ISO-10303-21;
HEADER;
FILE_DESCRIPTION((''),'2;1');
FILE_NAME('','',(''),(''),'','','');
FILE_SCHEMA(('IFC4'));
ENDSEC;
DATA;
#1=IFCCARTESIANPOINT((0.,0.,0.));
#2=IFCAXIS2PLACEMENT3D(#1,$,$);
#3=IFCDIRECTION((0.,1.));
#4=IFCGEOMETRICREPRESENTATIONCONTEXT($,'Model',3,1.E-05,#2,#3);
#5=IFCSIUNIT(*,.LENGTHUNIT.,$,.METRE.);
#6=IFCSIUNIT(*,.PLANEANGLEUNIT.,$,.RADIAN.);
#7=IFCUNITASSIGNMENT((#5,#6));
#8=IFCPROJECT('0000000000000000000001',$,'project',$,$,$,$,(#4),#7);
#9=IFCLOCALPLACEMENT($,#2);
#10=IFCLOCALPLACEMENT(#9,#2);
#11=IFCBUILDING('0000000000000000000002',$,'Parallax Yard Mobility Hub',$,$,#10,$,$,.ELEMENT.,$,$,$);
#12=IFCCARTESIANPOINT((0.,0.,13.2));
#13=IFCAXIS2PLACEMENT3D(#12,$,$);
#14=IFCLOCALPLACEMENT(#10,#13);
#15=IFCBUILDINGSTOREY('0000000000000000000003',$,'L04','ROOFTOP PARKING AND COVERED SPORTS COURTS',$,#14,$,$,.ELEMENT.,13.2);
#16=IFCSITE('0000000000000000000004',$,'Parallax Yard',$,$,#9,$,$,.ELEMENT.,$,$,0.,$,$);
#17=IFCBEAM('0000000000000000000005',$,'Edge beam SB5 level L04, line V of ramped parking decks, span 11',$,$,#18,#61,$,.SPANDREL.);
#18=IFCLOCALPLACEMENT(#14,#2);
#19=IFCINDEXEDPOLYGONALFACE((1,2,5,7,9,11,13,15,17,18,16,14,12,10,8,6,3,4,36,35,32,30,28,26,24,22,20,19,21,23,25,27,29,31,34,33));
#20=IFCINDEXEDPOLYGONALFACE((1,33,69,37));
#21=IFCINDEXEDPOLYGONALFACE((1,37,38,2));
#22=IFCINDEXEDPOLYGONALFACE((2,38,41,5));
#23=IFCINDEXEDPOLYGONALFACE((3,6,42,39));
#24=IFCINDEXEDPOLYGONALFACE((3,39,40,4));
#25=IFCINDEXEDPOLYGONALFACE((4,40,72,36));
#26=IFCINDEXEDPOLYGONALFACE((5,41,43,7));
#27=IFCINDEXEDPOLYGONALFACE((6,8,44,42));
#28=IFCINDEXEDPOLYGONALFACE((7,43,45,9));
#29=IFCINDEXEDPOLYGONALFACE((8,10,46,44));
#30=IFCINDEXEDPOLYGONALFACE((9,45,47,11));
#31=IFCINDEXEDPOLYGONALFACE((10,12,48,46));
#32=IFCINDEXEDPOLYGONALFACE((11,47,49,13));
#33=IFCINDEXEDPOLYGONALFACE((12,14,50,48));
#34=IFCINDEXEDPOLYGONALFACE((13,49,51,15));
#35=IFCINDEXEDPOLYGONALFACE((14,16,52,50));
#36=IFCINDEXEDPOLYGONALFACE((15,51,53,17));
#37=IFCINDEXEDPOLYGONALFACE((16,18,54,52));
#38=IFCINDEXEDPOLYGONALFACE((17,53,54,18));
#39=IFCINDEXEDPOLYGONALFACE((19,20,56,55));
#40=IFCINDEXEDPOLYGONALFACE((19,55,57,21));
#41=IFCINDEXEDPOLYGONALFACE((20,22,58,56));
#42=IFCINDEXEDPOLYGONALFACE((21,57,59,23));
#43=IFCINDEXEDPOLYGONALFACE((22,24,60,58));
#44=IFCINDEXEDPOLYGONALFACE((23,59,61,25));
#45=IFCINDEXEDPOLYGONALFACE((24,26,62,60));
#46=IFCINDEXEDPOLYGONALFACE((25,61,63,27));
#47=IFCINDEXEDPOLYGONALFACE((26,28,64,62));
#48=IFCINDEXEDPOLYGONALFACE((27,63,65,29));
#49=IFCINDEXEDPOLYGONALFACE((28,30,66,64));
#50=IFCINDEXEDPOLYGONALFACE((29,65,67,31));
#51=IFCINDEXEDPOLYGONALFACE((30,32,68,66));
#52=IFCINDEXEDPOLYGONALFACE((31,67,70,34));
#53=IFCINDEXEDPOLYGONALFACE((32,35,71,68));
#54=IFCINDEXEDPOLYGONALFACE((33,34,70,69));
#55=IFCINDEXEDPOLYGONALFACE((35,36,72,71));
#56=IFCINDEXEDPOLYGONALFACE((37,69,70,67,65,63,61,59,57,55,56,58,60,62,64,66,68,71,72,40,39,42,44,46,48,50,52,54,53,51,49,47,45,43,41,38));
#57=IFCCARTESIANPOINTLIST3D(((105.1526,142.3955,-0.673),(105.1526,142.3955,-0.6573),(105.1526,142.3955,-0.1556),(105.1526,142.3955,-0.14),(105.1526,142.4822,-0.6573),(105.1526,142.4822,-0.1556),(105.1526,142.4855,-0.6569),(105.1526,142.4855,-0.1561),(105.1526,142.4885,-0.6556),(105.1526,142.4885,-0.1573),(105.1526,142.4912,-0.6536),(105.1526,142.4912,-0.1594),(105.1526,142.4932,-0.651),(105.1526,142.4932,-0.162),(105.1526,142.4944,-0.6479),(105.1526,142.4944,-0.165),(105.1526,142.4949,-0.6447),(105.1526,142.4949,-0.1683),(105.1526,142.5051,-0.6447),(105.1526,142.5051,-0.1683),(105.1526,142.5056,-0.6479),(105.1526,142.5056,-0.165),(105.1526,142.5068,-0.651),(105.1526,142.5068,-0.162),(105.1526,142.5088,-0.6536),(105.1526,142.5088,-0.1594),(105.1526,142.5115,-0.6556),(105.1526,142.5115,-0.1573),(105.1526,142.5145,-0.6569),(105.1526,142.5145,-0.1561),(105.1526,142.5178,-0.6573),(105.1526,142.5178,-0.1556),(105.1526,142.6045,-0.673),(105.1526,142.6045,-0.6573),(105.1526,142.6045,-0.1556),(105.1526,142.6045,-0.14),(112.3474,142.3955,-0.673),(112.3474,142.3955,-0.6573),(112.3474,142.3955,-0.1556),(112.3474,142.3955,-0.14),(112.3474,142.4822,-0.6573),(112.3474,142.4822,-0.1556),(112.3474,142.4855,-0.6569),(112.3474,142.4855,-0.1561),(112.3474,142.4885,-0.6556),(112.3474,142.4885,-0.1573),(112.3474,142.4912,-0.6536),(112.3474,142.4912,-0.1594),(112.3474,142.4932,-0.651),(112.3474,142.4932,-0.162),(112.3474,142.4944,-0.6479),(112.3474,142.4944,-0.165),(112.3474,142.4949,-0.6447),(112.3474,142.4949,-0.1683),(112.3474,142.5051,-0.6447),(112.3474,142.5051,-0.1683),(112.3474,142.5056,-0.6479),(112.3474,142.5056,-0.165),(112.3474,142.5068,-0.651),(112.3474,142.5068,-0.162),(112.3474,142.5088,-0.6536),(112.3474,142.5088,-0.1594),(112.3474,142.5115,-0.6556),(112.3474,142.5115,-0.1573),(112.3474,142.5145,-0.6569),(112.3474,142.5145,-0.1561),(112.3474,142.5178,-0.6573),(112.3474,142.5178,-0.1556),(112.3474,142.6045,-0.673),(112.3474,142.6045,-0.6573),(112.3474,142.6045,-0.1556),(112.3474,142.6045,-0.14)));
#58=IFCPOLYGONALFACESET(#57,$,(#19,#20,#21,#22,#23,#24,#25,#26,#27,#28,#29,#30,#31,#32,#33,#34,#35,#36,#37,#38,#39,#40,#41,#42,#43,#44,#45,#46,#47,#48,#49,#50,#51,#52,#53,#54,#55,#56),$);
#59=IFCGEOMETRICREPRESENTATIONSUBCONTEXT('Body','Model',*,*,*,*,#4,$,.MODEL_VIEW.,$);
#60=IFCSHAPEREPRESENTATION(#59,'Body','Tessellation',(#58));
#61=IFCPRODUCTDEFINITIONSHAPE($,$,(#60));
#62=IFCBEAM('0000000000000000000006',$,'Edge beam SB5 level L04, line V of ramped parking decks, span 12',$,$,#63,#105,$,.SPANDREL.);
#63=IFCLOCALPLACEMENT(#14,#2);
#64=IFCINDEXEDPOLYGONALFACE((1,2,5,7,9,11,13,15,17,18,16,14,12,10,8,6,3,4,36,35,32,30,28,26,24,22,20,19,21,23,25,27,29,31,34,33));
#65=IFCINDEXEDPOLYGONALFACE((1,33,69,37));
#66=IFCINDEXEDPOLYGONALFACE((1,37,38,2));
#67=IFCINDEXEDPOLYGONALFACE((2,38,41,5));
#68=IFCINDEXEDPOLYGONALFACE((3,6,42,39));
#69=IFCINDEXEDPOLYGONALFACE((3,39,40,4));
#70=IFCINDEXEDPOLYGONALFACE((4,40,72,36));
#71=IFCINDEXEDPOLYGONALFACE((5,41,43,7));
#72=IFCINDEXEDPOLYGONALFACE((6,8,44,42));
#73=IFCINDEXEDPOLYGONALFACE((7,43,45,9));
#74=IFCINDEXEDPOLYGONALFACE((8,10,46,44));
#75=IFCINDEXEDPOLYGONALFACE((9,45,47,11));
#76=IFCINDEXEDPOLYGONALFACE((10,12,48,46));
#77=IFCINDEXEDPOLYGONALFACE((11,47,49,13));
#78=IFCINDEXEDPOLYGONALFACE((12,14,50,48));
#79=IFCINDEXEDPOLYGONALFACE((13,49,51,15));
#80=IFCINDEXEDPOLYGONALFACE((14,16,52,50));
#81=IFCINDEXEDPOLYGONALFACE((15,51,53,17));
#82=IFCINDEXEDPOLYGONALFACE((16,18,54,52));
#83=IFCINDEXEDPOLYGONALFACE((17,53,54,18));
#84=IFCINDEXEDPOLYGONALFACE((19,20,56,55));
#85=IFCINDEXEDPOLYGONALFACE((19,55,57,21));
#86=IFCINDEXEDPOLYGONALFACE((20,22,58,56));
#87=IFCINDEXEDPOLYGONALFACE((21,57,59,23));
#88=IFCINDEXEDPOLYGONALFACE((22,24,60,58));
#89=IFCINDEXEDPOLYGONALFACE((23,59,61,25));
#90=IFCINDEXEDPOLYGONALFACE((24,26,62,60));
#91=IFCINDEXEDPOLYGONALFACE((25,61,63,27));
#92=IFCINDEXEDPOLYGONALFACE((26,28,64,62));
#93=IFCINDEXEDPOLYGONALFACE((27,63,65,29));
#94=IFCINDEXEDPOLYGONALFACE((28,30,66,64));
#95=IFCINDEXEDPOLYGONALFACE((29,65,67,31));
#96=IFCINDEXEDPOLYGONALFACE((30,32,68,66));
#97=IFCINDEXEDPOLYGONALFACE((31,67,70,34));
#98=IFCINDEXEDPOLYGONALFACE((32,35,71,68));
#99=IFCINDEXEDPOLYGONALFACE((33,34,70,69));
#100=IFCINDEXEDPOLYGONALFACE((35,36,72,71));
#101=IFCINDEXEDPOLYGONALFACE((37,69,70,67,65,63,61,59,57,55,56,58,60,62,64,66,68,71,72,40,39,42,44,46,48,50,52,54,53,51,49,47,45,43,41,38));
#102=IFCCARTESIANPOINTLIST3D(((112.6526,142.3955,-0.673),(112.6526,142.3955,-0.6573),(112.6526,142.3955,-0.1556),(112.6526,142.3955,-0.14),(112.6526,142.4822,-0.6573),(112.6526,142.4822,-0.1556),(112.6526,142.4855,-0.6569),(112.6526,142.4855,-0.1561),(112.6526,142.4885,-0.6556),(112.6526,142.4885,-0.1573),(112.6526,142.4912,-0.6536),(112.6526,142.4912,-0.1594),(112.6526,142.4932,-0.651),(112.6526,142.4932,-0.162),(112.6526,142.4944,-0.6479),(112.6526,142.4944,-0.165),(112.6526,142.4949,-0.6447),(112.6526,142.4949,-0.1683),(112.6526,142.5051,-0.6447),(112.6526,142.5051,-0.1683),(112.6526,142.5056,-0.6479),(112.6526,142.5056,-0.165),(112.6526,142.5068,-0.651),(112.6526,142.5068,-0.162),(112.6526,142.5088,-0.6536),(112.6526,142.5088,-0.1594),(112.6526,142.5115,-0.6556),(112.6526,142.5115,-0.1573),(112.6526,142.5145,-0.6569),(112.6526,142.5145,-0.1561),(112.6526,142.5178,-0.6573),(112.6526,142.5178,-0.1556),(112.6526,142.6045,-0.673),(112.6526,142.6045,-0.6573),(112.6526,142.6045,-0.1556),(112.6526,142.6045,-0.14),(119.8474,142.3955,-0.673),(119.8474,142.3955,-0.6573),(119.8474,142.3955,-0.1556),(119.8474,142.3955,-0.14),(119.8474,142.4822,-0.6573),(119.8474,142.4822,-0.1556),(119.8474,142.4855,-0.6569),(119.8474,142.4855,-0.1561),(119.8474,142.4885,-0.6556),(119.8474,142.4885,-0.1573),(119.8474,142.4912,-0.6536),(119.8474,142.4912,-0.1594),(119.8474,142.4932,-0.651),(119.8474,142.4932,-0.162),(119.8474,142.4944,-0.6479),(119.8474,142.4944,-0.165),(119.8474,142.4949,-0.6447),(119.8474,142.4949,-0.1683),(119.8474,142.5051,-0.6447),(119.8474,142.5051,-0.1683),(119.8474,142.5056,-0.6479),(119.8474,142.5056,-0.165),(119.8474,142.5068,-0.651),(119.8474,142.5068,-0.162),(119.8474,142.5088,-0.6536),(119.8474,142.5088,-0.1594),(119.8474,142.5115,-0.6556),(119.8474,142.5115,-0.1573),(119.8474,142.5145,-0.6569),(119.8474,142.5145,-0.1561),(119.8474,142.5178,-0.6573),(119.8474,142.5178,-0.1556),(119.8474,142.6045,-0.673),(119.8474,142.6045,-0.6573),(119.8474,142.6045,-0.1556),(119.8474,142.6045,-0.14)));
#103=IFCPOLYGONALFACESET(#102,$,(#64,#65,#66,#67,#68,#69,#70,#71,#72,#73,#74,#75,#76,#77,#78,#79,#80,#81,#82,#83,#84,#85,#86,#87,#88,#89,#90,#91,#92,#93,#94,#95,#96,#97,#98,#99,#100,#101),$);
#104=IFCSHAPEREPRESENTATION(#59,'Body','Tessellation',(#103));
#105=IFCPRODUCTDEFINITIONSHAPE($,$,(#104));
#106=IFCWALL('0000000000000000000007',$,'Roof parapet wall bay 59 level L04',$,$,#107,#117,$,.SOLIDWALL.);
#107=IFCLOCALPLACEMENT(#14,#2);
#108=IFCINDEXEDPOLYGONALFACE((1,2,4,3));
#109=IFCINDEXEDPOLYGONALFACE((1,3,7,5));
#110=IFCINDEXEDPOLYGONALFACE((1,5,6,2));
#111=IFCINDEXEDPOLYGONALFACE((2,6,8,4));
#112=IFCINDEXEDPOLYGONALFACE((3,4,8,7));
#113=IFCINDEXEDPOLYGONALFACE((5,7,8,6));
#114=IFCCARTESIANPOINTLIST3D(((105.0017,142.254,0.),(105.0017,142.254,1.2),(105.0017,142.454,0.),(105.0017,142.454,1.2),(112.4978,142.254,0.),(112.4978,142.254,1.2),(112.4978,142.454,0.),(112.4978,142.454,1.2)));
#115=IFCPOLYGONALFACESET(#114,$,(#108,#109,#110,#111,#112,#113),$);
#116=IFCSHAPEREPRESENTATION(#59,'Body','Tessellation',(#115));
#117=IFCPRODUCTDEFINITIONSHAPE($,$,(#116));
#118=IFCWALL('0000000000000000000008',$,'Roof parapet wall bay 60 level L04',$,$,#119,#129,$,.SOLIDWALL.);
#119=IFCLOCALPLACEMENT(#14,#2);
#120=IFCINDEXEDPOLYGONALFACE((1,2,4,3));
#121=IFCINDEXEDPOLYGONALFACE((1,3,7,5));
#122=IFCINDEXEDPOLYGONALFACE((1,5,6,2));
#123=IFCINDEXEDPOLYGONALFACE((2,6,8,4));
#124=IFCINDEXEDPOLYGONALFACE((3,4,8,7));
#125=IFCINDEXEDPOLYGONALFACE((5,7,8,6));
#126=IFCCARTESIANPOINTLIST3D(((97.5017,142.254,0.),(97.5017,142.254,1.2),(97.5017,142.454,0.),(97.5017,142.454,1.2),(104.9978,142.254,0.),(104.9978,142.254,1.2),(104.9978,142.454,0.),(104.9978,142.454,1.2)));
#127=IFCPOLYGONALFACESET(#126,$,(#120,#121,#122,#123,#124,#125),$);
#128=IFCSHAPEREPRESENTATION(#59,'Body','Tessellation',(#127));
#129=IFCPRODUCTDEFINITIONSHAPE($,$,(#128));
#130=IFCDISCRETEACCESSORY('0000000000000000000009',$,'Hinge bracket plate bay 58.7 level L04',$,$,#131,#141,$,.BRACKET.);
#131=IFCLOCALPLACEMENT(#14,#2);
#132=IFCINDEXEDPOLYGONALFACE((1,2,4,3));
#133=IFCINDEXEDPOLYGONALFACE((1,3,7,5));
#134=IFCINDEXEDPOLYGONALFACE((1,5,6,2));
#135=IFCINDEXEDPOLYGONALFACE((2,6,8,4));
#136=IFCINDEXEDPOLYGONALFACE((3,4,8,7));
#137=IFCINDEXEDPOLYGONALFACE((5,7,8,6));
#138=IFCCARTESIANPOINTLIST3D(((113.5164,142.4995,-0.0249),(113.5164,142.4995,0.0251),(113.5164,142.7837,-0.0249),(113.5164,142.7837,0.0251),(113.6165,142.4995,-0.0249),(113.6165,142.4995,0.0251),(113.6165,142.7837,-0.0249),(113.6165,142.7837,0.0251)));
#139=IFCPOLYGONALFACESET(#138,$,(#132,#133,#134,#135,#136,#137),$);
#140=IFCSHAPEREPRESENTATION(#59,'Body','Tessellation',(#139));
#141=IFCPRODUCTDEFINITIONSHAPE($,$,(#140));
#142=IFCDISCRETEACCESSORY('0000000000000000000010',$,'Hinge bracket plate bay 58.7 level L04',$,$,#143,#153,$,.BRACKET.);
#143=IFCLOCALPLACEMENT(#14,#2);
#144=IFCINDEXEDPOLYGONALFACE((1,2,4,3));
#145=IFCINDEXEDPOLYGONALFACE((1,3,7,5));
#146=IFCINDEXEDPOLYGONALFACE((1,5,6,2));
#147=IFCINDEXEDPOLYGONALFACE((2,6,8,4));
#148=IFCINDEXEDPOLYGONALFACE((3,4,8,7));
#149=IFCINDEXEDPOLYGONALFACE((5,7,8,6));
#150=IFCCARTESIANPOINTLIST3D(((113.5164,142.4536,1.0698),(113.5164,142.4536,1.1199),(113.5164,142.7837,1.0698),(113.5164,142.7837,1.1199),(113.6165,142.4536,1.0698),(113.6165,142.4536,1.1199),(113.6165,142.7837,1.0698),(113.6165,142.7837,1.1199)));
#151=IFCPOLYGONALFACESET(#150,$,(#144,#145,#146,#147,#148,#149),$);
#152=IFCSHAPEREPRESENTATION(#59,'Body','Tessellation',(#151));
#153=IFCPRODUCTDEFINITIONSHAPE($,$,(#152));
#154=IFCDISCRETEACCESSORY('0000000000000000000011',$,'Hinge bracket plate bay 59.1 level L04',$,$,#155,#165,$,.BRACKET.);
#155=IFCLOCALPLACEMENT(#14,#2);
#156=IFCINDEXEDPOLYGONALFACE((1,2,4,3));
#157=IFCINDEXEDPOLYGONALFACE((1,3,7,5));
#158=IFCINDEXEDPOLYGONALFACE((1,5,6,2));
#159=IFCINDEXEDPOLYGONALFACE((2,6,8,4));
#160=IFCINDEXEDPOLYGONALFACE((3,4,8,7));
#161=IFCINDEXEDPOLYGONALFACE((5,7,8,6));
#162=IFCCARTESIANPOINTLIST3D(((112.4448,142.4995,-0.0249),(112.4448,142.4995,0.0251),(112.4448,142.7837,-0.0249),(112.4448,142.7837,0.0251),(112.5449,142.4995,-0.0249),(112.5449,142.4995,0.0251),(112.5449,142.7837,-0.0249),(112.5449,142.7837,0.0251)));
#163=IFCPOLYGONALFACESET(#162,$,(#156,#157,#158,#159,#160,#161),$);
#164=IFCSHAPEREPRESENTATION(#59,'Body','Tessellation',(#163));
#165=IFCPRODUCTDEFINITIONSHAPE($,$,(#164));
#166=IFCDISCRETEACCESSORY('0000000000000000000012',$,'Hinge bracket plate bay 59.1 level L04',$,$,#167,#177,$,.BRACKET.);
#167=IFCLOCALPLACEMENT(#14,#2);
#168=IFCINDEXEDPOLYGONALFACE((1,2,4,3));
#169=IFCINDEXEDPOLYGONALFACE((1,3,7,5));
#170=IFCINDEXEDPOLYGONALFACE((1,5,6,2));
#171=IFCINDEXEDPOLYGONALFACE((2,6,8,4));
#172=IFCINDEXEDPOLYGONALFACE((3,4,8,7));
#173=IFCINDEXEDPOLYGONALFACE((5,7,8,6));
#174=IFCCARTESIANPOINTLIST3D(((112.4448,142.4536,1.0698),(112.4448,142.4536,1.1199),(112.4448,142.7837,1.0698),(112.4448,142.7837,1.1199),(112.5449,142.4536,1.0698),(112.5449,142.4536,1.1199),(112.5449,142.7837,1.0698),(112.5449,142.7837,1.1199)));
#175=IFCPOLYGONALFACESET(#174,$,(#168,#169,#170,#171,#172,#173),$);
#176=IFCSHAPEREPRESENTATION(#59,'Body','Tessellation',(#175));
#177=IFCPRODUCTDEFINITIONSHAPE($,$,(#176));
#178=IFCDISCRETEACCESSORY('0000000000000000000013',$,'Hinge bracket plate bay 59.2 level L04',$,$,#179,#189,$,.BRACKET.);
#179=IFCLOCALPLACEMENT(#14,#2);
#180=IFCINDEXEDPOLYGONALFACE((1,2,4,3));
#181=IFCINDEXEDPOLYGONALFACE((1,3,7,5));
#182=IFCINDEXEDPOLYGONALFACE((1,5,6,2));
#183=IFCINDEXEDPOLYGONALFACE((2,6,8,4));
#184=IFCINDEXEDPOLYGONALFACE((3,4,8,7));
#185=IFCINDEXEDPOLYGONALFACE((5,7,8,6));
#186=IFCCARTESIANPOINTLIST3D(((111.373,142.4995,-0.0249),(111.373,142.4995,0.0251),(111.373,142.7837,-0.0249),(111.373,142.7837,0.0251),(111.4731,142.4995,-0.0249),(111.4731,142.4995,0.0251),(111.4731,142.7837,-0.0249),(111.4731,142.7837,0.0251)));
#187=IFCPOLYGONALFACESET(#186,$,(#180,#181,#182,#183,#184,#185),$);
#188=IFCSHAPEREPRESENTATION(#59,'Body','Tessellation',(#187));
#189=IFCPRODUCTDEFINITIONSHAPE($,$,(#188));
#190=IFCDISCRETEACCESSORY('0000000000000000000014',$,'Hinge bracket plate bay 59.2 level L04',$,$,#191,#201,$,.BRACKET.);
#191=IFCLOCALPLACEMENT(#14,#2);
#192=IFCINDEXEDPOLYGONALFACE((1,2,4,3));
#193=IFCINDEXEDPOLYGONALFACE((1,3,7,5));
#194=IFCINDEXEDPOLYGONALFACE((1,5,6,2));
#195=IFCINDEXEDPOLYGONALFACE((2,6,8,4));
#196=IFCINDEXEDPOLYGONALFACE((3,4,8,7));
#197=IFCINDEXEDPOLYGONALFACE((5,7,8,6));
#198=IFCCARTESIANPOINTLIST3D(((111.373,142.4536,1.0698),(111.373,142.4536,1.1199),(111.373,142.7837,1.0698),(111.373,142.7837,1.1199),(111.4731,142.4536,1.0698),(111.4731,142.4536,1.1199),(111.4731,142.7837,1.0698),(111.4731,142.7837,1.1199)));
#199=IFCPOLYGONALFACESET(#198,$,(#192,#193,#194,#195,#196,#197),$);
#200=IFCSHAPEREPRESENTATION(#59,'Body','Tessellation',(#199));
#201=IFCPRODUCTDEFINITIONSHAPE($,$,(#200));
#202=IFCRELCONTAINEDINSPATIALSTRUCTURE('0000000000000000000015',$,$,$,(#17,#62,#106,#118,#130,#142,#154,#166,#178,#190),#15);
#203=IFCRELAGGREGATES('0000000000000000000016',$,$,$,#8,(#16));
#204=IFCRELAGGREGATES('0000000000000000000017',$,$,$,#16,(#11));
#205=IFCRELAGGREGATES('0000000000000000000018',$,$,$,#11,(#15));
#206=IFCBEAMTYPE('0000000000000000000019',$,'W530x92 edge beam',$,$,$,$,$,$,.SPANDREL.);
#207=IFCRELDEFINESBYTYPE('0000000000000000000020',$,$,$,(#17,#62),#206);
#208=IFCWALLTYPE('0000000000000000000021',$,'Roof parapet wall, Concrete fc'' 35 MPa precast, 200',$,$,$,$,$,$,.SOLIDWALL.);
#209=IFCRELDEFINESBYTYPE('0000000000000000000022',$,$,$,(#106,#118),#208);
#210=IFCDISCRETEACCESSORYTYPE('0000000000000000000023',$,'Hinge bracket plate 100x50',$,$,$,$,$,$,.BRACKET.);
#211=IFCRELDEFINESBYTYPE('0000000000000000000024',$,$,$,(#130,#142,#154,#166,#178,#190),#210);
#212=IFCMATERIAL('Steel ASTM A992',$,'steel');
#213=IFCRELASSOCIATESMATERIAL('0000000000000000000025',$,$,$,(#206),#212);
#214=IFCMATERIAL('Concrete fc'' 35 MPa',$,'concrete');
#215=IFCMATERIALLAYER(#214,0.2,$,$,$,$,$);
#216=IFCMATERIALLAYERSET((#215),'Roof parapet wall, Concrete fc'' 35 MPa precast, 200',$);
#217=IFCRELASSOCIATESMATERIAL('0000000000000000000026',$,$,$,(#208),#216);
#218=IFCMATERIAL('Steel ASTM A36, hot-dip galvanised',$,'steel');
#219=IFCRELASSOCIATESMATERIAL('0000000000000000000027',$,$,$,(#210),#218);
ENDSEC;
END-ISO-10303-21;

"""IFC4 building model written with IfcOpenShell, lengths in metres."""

from ifc_helpers import new_model, si_unit, direction, frame, frame_2d, origin, origin_2d, place, context, subcontext, project, spatial, rectangle, i_section, extrude, material, layer, layer_set, material_profile, profile_set, type_object, element, save


model = new_model("IFC4")

# Units and contexts
model_context = context("Model", 3, precision=1e-05, world=origin(), true_north=direction((0.0, 1.0)))
body_context = subcontext(model_context, "Body", "Model", "MODEL_VIEW")
ifc_project = project(units=[si_unit("LENGTHUNIT", "METRE"), si_unit("PLANEANGLEUNIT", "RADIAN")], contexts=[model_context])

# Site, building, storey
site_placement = place(None, origin())
site = spatial("IfcSite", under=ifc_project, at=site_placement, Name="Parallax Yard", CompositionType="ELEMENT", RefElevation=0.0)
building_placement = place(site_placement, origin())
building = spatial("IfcBuilding", under=site, at=building_placement, Name="Parallax Yard Mobility Hub", CompositionType="ELEMENT")
storey_placement = place(building_placement, frame((0.0, 0.0, 13.2)))
storey = spatial("IfcBuildingStorey", under=building, at=storey_placement, Name="L04", Description="ROOFTOP PARKING AND COVERED SPORTS COURTS", CompositionType="ELEMENT", Elevation=13.2)

# Beams
ifc_material_1 = material(Name="Steel ASTM A992", Category="steel")
ifc_material_profile_1 = material_profile(ifc_material_1, i_section(OverallWidth=0.209, OverallDepth=0.533, WebThickness=0.0103, FlangeThickness=0.0156, FilletRadius=0.0127, at=origin_2d()), Name="W530x92")
ifc_profile_set_1 = profile_set([ifc_material_profile_1], Name="Steel ASTM A992")
beam_type = type_object("IfcBeamType", Name="W530x92 edge beam", PredefinedType="SPANDREL", material=ifc_profile_set_1)
for number, where, z_axis, x_axis, name in (
    (1, (105.1526, 142.5, -0.4065), (1.0, 0.0, 0.0), (0.0, 1.0, 0.0), "Edge beam SB5 level L04, line V of ramped parking decks, span 11"),
    (2, (112.6526, 142.5, -0.4065), (1.0, 0.0, 0.0), (0.0, 1.0, 0.0), "Edge beam SB5 level L04, line V of ramped parking decks, span 12"),
):
    element("IfcBeam", number, at=place(storey_placement, frame(where, z_axis=z_axis, x_axis=x_axis)), inside=storey, type_object=beam_type, Name=name, PredefinedType="SPANDREL", context=body_context, shape_type="SweptSolid", body=[
        extrude(i_section(OverallWidth=0.209, OverallDepth=0.533, WebThickness=0.0103, FlangeThickness=0.0156, FilletRadius=0.0127, at=origin_2d()), origin(), (0.0, 0.0, 1.0), 7.1948),
    ])

# Walls
ifc_material_2 = material(Name="Concrete fc' 35 MPa", Category="concrete")
ifc_layer = layer(ifc_material_2, 0.2)
ifc_layer_set = layer_set([ifc_layer], Name="Roof parapet wall, Concrete fc' 35 MPa precast, 200")
wall_type = type_object("IfcWallType", Name="Roof parapet wall, Concrete fc' 35 MPa precast, 200", PredefinedType="SOLIDWALL", material=ifc_layer_set)
for number, where, z_axis, x_axis, name in (
    (3, (112.4978, 142.354, 0.0), (0.0, 0.0, 1.0), (-1.0, 0.0, 0.0), "Roof parapet wall bay 59 level L04"),
    (4, (104.9978, 142.354, 0.0), (0.0, 0.0, 1.0), (-1.0, 0.0, 0.0), "Roof parapet wall bay 60 level L04"),
):
    element("IfcWall", number, at=place(storey_placement, frame(where, z_axis=z_axis, x_axis=x_axis)), inside=storey, type_object=wall_type, Name=name, PredefinedType="SOLIDWALL", context=body_context, shape_type="SweptSolid", body=[
        extrude(rectangle(XDim=7.4961, YDim=0.2, at=frame_2d((3.748, 0.0))), origin(), (0.0, 0.0, 1.0), 1.2),
    ])

# Discrete accessories
ifc_material_3 = material(Name="Steel ASTM A36, hot-dip galvanised", Category="steel")
discrete_accessory_type_1 = type_object("IfcDiscreteAccessoryType", Name="Hinge bracket plate 100x50", PredefinedType="BRACKET", material=ifc_material_3)
discrete_accessory_1_placement = place(storey_placement, frame((113.5664, 142.6416, -0.0249), z_axis=(0.0, 0.0, 1.0), x_axis=(0.0, 1.0, 0.0)))
element("IfcDiscreteAccessory", 5, at=discrete_accessory_1_placement, inside=storey, type_object=discrete_accessory_type_1, Name="Hinge bracket plate bay 58.7 level L04", PredefinedType="BRACKET", context=body_context, shape_type="SweptSolid", body=[
    extrude(rectangle(XDim=0.2842, YDim=0.1001, at=origin_2d()), origin(), (0.0, 0.0, 1.0), 0.05),
])
discrete_accessory_2_placement = place(storey_placement, frame((113.5664, 142.6187, 1.0698), z_axis=(0.0, 0.0, 1.0), x_axis=(0.0, 1.0, 0.0)))
element("IfcDiscreteAccessory", 6, at=discrete_accessory_2_placement, inside=storey, type_object=discrete_accessory_type_1, Name="Hinge bracket plate bay 58.7 level L04", PredefinedType="BRACKET", context=body_context, shape_type="SweptSolid", body=[
    extrude(rectangle(XDim=0.3301, YDim=0.1001, at=origin_2d()), origin(), (0.0, 0.0, 1.0), 0.05),
])
discrete_accessory_3_placement = place(storey_placement, frame((112.4949, 142.6416, -0.0249), z_axis=(0.0, 0.0, 1.0), x_axis=(0.0, 1.0, 0.0)))
element("IfcDiscreteAccessory", 7, at=discrete_accessory_3_placement, inside=storey, type_object=discrete_accessory_type_1, Name="Hinge bracket plate bay 59.1 level L04", PredefinedType="BRACKET", context=body_context, shape_type="SweptSolid", body=[
    extrude(rectangle(XDim=0.2842, YDim=0.1001, at=origin_2d()), origin(), (0.0, 0.0, 1.0), 0.05),
])
discrete_accessory_4_placement = place(storey_placement, frame((112.4949, 142.6187, 1.0698), z_axis=(0.0, 0.0, 1.0), x_axis=(0.0, 1.0, 0.0)))
element("IfcDiscreteAccessory", 8, at=discrete_accessory_4_placement, inside=storey, type_object=discrete_accessory_type_1, Name="Hinge bracket plate bay 59.1 level L04", PredefinedType="BRACKET", context=body_context, shape_type="SweptSolid", body=[
    extrude(rectangle(XDim=0.3301, YDim=0.1001, at=origin_2d()), origin(), (0.0, 0.0, 1.0), 0.05),
])
discrete_accessory_5_placement = place(storey_placement, frame((111.4231, 142.6416, -0.0249), z_axis=(0.0, 0.0, 1.0), x_axis=(0.0, 1.0, 0.0)))
element("IfcDiscreteAccessory", 9, at=discrete_accessory_5_placement, inside=storey, type_object=discrete_accessory_type_1, Name="Hinge bracket plate bay 59.2 level L04", PredefinedType="BRACKET", context=body_context, shape_type="SweptSolid", body=[
    extrude(rectangle(XDim=0.2842, YDim=0.1001, at=origin_2d()), origin(), (0.0, 0.0, 1.0), 0.05),
])
discrete_accessory_6_placement = place(storey_placement, frame((111.4231, 142.6187, 1.0698), z_axis=(0.0, 0.0, 1.0), x_axis=(0.0, 1.0, 0.0)))
element("IfcDiscreteAccessory", 10, at=discrete_accessory_6_placement, inside=storey, type_object=discrete_accessory_type_1, Name="Hinge bracket plate bay 59.2 level L04", PredefinedType="BRACKET", context=body_context, shape_type="SweptSolid", body=[
    extrude(rectangle(XDim=0.3301, YDim=0.1001, at=origin_2d()), origin(), (0.0, 0.0, 1.0), 0.05),
])

save(model, "model.ifc")
